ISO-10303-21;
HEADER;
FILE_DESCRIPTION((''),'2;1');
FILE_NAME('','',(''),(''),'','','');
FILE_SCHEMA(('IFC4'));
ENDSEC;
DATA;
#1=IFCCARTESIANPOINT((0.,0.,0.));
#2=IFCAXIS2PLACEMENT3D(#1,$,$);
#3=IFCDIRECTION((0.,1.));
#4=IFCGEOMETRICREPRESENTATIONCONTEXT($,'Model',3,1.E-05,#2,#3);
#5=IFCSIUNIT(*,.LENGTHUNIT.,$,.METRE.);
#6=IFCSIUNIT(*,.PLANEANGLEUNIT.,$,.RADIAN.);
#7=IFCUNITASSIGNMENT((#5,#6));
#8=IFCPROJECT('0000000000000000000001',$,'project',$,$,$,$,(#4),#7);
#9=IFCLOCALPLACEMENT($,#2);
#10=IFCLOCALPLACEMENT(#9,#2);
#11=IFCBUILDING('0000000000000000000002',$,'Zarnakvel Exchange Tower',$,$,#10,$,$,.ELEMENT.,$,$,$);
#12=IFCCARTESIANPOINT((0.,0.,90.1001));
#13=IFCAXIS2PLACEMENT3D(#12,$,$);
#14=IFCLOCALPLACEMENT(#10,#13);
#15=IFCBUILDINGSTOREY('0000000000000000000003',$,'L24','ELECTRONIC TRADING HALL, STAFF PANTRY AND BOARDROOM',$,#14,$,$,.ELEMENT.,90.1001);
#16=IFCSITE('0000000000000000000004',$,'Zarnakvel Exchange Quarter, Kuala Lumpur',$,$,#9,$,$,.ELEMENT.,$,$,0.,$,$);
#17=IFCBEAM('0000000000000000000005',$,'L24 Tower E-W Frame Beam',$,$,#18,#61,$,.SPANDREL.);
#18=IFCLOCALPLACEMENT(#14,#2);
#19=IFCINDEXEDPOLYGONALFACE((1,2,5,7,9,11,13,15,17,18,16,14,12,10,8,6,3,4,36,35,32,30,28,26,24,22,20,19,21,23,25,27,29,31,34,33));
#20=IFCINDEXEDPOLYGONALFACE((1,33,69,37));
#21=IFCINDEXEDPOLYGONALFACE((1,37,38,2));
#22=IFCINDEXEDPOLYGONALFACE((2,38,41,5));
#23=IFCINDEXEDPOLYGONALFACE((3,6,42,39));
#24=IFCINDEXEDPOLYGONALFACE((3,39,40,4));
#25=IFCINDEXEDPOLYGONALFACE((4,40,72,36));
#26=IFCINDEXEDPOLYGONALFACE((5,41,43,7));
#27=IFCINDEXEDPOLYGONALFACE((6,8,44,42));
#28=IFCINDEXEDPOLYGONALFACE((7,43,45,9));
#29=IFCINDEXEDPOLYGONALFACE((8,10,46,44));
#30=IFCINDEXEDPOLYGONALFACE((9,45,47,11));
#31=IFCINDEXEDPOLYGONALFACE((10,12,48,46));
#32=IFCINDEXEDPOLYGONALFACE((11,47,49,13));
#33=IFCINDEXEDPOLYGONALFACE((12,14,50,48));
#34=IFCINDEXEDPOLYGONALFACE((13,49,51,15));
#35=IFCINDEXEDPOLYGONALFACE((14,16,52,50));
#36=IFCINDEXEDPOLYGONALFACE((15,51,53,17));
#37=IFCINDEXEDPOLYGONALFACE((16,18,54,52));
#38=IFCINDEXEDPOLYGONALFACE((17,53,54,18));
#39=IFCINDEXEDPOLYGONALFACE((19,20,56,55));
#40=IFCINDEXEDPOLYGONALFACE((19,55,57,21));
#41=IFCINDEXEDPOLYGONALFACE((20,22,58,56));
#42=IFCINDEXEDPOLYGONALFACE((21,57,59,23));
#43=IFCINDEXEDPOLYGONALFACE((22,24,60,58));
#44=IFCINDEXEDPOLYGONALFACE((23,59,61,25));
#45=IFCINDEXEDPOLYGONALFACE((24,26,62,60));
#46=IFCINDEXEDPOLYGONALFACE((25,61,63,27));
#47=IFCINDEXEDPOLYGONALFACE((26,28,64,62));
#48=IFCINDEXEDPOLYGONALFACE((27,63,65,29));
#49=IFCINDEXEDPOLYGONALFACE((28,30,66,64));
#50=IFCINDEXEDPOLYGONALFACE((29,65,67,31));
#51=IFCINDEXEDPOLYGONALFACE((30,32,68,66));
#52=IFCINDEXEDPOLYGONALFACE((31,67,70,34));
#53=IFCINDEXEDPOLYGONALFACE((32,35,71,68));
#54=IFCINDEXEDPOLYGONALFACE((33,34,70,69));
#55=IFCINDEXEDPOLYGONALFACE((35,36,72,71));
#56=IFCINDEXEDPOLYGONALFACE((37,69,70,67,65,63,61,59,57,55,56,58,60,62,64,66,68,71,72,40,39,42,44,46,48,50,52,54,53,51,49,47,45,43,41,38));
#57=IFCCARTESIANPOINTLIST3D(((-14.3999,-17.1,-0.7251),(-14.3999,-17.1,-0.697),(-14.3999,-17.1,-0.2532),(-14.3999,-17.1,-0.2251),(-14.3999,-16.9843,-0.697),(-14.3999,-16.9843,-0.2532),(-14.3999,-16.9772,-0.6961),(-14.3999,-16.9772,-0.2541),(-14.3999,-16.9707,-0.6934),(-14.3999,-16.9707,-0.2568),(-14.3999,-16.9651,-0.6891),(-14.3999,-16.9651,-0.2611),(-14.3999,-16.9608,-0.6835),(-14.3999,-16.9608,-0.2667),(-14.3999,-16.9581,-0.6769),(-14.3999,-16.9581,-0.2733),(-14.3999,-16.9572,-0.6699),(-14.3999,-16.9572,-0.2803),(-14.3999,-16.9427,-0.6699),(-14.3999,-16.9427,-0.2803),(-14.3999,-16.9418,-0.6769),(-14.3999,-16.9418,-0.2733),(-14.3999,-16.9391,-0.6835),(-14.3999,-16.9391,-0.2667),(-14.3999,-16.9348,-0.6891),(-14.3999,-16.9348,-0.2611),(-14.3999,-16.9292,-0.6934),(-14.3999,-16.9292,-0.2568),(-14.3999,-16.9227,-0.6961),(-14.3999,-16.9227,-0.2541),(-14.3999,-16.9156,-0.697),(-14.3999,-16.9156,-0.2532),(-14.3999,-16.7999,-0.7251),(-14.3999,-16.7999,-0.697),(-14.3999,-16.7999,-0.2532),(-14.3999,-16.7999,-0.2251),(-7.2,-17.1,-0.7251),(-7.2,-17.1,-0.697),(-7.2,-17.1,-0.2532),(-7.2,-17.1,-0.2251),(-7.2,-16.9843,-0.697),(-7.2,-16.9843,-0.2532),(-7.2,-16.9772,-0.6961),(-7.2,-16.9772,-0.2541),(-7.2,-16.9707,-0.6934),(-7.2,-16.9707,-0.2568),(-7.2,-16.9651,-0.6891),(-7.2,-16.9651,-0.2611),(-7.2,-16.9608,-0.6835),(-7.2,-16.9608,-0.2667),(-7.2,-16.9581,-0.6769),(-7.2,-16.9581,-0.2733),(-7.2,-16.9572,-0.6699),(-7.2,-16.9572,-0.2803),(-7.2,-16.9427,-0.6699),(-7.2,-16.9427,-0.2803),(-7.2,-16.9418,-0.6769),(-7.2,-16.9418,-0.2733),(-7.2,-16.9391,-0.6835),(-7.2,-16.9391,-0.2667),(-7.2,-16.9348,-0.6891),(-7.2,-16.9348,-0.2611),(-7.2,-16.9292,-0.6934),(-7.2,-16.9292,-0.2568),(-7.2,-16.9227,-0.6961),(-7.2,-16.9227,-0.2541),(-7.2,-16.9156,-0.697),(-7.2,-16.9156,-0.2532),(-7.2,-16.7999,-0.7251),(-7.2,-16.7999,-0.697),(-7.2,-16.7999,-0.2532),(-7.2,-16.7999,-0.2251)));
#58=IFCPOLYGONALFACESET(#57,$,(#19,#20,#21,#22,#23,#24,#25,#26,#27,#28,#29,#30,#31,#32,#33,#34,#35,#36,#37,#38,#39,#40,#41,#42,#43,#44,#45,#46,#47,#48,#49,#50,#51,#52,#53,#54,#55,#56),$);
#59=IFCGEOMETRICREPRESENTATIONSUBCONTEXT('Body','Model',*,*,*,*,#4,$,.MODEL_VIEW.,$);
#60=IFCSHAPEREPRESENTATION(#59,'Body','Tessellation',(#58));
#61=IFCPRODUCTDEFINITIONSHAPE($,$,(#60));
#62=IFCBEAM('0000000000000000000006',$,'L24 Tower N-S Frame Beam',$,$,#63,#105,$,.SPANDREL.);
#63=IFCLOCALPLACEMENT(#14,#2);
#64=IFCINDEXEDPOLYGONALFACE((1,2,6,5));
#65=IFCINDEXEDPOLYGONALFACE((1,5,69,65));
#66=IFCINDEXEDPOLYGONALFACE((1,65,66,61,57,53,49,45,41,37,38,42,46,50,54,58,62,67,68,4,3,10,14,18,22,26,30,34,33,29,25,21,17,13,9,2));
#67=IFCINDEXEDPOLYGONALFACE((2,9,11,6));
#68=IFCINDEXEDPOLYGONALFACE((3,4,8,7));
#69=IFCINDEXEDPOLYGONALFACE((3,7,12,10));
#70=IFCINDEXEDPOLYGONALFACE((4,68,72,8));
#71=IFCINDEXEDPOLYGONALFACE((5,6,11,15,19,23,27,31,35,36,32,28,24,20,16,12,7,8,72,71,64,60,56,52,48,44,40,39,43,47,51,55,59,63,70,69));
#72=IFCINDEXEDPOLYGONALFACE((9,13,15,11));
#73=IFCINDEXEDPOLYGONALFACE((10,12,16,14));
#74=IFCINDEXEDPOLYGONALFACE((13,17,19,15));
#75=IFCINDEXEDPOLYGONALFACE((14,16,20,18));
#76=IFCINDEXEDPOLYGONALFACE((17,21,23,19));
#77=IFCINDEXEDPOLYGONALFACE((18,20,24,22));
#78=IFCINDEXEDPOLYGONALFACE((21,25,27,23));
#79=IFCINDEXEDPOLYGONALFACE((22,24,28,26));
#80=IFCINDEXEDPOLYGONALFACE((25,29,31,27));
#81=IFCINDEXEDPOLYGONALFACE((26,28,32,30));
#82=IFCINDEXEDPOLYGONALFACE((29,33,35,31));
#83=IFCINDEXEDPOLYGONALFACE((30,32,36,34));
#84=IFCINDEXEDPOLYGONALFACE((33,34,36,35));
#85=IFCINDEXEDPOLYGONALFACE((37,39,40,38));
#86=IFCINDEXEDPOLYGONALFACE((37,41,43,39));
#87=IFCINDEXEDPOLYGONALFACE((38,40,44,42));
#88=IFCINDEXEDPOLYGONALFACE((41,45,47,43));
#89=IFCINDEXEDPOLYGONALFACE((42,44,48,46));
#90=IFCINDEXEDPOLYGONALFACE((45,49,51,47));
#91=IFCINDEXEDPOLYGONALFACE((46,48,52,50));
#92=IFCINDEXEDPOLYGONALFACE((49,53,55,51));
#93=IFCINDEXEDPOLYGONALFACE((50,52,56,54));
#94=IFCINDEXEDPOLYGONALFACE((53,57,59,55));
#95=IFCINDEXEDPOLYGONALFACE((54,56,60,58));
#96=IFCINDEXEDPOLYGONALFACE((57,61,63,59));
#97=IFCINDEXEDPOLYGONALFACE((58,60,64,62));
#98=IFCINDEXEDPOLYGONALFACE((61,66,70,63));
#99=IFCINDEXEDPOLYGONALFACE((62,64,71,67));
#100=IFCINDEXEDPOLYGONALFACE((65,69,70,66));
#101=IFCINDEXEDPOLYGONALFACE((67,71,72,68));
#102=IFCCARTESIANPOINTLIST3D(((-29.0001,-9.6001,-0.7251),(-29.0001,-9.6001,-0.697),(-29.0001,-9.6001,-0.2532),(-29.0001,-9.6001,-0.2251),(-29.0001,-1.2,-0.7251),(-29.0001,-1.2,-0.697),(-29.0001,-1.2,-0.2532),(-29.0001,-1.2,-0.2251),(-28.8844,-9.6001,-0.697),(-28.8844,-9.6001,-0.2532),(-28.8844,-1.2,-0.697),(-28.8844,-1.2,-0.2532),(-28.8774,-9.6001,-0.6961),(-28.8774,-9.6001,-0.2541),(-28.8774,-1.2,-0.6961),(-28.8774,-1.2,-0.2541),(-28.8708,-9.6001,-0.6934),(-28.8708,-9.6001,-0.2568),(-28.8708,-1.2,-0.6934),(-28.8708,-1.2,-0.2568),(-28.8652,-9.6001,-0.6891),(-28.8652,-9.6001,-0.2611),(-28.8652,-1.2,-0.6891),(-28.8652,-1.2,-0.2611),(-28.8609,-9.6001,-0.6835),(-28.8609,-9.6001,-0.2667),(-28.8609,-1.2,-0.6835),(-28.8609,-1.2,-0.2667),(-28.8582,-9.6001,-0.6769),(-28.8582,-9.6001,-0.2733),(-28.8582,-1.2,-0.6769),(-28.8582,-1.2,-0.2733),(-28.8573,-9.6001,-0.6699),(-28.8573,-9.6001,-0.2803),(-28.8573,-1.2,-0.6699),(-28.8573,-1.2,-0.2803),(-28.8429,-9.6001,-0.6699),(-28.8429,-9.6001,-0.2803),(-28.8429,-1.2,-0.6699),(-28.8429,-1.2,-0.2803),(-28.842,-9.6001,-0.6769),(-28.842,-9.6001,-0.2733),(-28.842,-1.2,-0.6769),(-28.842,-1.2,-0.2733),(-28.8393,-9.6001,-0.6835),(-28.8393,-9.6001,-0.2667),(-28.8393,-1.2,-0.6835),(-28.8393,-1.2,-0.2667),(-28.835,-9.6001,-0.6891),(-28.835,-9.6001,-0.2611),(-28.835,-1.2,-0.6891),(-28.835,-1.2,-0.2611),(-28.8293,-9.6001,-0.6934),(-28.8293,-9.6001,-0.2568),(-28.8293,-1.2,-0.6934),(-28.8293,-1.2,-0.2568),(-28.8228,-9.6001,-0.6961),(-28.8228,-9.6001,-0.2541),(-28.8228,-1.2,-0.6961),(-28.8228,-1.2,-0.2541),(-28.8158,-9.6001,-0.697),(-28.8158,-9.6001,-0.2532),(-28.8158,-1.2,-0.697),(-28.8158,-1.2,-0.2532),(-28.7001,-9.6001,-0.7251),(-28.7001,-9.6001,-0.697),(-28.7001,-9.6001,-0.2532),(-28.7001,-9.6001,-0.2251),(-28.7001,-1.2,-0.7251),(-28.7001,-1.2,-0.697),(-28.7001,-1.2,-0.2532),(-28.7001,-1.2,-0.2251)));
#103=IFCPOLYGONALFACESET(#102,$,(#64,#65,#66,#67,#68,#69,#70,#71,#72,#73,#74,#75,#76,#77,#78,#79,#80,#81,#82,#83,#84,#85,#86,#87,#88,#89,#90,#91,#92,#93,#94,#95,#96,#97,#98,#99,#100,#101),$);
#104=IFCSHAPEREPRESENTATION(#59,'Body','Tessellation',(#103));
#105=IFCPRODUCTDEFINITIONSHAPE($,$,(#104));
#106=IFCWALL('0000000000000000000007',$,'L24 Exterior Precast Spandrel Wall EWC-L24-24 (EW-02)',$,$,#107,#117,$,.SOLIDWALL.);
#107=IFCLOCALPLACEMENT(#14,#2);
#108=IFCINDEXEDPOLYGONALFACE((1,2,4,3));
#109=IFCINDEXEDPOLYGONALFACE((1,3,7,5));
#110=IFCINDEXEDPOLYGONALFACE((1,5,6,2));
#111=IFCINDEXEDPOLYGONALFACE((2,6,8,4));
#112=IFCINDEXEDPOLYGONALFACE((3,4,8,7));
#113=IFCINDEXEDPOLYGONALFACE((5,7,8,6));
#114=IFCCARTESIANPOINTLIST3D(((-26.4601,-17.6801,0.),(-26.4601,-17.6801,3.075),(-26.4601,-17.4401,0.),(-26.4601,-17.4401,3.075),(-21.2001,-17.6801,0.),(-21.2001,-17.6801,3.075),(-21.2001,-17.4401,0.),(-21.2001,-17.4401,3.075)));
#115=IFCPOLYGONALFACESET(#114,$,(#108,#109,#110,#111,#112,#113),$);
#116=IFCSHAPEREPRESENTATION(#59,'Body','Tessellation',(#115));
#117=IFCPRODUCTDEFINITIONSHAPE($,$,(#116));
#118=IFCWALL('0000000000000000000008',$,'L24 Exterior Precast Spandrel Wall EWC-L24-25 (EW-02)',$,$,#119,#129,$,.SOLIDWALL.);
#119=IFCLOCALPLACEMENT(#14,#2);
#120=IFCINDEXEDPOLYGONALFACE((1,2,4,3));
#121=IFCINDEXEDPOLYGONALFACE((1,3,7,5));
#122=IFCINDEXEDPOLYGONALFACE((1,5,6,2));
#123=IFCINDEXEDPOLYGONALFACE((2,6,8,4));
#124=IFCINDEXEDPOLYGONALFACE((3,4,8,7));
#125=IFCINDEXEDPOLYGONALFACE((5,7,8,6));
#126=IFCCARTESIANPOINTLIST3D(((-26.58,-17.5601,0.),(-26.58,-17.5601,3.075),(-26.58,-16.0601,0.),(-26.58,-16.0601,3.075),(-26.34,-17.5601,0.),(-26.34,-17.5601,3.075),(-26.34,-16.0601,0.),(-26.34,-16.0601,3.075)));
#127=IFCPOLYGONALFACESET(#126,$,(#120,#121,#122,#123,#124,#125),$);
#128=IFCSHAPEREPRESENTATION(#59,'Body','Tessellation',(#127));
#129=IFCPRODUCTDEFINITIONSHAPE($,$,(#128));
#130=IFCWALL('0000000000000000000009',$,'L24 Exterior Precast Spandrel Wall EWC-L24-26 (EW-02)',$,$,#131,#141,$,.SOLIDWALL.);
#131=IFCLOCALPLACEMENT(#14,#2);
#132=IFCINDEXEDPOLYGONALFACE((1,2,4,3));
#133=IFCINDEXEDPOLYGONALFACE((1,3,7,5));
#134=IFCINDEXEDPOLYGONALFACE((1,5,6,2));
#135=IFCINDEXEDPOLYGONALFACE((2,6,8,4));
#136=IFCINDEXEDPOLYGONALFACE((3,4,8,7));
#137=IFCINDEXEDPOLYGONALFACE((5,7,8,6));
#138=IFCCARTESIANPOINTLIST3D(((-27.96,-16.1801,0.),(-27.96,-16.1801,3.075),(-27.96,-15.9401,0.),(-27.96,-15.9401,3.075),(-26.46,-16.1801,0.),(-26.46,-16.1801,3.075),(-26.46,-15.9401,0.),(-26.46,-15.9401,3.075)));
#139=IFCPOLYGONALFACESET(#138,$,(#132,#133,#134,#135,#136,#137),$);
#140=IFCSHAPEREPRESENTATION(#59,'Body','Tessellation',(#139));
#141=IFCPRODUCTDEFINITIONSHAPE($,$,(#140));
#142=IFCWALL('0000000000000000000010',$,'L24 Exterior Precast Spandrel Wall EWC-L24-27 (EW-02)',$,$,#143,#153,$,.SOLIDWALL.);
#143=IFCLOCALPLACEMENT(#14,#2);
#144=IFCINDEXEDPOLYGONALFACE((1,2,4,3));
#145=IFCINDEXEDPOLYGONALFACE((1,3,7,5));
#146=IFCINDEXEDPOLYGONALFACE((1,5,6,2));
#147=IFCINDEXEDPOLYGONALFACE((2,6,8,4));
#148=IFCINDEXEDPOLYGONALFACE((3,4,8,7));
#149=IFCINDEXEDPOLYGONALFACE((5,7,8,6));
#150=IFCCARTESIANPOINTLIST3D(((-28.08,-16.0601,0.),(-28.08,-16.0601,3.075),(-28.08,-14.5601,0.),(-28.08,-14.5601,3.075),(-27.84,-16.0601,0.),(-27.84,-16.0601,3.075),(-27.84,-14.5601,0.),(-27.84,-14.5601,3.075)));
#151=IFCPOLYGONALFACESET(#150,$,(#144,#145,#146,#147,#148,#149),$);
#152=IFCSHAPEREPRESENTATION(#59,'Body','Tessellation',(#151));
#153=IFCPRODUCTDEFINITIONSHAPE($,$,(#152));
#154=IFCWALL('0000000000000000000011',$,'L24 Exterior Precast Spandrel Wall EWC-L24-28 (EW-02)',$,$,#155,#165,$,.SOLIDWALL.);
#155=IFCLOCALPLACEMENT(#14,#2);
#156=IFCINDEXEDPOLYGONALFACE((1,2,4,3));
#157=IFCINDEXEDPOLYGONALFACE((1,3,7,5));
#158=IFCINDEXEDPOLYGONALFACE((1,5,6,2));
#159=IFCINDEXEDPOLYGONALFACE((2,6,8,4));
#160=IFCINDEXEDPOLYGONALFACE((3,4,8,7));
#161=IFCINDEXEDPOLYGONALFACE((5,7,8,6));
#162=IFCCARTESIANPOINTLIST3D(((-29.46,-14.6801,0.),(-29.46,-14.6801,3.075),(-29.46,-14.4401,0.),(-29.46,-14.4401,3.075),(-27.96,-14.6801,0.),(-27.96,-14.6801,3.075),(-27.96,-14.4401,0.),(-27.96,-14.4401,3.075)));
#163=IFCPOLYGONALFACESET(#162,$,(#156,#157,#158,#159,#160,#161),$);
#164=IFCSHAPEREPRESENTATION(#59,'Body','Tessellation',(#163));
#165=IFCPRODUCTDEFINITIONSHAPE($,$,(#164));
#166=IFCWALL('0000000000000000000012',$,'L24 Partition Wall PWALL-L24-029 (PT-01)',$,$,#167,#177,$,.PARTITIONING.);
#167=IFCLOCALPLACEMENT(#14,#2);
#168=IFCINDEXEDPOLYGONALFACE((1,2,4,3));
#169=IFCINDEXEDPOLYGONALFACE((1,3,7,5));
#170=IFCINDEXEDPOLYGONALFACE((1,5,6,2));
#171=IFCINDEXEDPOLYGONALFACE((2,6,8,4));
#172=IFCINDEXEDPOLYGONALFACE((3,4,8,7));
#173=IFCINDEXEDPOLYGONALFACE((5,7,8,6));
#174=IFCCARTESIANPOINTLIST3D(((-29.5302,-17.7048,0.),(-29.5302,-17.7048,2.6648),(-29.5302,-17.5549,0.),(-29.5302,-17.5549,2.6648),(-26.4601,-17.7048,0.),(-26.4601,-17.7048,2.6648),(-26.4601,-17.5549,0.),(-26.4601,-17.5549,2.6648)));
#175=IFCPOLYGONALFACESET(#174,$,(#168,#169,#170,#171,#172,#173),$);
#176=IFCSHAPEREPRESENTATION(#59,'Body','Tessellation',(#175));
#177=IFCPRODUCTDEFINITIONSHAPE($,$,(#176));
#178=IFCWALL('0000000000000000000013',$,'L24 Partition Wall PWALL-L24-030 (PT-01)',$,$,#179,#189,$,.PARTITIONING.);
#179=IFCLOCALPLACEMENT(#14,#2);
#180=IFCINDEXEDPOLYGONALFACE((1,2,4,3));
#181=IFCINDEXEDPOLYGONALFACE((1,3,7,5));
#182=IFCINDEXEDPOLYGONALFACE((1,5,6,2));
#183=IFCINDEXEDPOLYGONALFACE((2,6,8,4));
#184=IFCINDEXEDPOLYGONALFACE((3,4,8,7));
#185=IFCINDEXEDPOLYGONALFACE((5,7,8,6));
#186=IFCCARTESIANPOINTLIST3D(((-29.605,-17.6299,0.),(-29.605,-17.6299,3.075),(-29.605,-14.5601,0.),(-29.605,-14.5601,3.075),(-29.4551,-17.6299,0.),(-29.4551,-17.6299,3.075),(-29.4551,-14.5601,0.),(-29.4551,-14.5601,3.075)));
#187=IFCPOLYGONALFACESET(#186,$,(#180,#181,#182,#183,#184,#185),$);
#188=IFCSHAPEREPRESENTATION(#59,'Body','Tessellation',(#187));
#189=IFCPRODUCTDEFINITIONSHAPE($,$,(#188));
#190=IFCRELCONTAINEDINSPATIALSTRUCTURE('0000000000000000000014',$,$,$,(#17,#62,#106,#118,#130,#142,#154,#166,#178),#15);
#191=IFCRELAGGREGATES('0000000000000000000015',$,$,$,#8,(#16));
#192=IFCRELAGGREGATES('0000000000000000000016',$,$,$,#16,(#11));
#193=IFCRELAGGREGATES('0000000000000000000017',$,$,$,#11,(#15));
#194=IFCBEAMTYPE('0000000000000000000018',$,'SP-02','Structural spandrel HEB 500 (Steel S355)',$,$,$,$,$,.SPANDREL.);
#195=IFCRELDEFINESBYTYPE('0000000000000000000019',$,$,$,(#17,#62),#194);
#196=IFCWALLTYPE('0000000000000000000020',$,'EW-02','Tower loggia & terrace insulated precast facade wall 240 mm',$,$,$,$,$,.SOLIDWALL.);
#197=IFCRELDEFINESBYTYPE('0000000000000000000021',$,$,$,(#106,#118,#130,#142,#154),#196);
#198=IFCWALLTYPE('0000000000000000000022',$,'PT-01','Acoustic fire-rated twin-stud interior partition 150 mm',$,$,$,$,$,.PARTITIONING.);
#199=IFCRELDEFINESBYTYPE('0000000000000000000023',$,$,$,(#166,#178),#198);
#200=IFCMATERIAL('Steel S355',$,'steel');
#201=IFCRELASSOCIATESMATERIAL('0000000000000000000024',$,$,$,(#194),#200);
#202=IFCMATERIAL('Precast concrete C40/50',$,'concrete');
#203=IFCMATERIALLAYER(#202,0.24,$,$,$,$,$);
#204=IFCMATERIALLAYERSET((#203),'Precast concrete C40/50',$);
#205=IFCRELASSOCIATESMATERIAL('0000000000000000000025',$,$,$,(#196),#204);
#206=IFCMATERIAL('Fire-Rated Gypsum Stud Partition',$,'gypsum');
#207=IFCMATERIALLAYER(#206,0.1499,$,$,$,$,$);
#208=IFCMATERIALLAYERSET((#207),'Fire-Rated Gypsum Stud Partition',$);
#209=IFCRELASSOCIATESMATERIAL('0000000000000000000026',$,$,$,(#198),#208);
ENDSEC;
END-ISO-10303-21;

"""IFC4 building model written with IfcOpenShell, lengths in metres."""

from ifc_helpers import new_model, si_unit, direction, frame, frame_2d, origin, origin_2d, place, context, subcontext, project, spatial, rectangle, i_section, extrude, material, layer, layer_set, material_profile, profile_set, type_object, element, save


model = new_model("IFC4")

# Units and contexts
model_context = context("Model", 3, precision=1e-05, world=origin(), true_north=direction((0.0, 1.0)))
body_context = subcontext(model_context, "Body", "Model", "MODEL_VIEW")
ifc_project = project(units=[si_unit("LENGTHUNIT", "METRE"), si_unit("PLANEANGLEUNIT", "RADIAN")], contexts=[model_context])

# Site, building, storey
site_placement = place(None, origin())
site = spatial("IfcSite", under=ifc_project, at=site_placement, Name="Zarnakvel Exchange Quarter, Kuala Lumpur", CompositionType="ELEMENT", RefElevation=0.0)
building_placement = place(site_placement, origin())
building = spatial("IfcBuilding", under=site, at=building_placement, Name="Zarnakvel Exchange Tower", CompositionType="ELEMENT")
storey_placement = place(building_placement, frame((0.0, 0.0, 90.1001)))
storey = spatial("IfcBuildingStorey", under=building, at=storey_placement, Name="L24", Description="ELECTRONIC TRADING HALL, STAFF PANTRY AND BOARDROOM", CompositionType="ELEMENT", Elevation=90.1001)

# Shared definitions
ifc_material_1 = material(Name="Steel S355", Category="steel")

# Beams
ifc_material_profile_1 = material_profile(ifc_material_1, i_section(OverallWidth=0.3, OverallDepth=0.5, WebThickness=0.0144, FlangeThickness=0.0281, FilletRadius=0.0271, at=origin_2d()))
ifc_profile_set_1 = profile_set([ifc_material_profile_1], Name="Steel S355")
beam_type_1 = type_object("IfcBeamType", Name="SP-02", Description="Structural spandrel HEB 500 (Steel S355)", PredefinedType="SPANDREL", material=ifc_profile_set_1)
beam_1_placement = place(storey_placement, frame((-14.3999, -16.95, -0.4751), z_axis=(1.0, 0.0, 0.0), x_axis=(0.0, 1.0, 0.0)))
element("IfcBeam", 1, at=beam_1_placement, inside=storey, type_object=beam_type_1, Name="L24 Tower E-W Frame Beam", PredefinedType="SPANDREL", context=body_context, shape_type="SweptSolid", body=[
    extrude(i_section(OverallWidth=0.3, OverallDepth=0.5, WebThickness=0.0144, FlangeThickness=0.0281, FilletRadius=0.0271, at=origin_2d()), origin(), (0.0, 0.0, 1.0), 7.2),
])
beam_2_placement = place(storey_placement, frame((-28.8501, -9.6001, -0.4751), z_axis=(0.0, 1.0, 0.0), x_axis=(-1.0, 0.0, 0.0)))
element("IfcBeam", 2, at=beam_2_placement, inside=storey, type_object=beam_type_1, Name="L24 Tower N-S Frame Beam", PredefinedType="SPANDREL", context=body_context, shape_type="SweptSolid", body=[
    extrude(i_section(OverallWidth=0.3, OverallDepth=0.5, WebThickness=0.0144, FlangeThickness=0.0281, FilletRadius=0.0271, at=origin_2d()), origin(), (0.0, 0.0, 1.0), 8.4001),
])

# Walls
ifc_material_2 = material(Name="Precast concrete C40/50", Category="concrete")
ifc_layer_1 = layer(ifc_material_2, 0.24)
ifc_layer_set_1 = layer_set([ifc_layer_1], Name="Precast concrete C40/50")
wall_type_1 = type_object("IfcWallType", Name="EW-02", Description="Tower loggia & terrace insulated precast facade wall 240 mm", PredefinedType="SOLIDWALL", material=ifc_layer_set_1)
wall_1_placement = place(storey_placement, frame((-26.46, -17.5601, 0.0), z_axis=(0.0, 0.0, 1.0), x_axis=(1.0, 0.0, 0.0)))
element("IfcWall", 3, at=wall_1_placement, inside=storey, type_object=wall_type_1, Name="L24 Exterior Precast Spandrel Wall EWC-L24-24 (EW-02)", PredefinedType="SOLIDWALL", context=body_context, shape_type="SweptSolid", body=[
    extrude(rectangle(XDim=5.26, YDim=0.24, at=frame_2d((2.6299, 0.0))), origin(), (0.0, 0.0, 1.0), 3.075),
])
for number, where, z_axis, x_axis, name in (
    (4, (-26.46, -16.0601, 0.0), (0.0, 0.0, 1.0), (0.0, -1.0, 0.0), "L24 Exterior Precast Spandrel Wall EWC-L24-25 (EW-02)"),
    (5, (-27.96, -16.0601, 0.0), (0.0, 0.0, 1.0), (1.0, 0.0, 0.0), "L24 Exterior Precast Spandrel Wall EWC-L24-26 (EW-02)"),
    (6, (-27.96, -14.5601, 0.0), (0.0, 0.0, 1.0), (0.0, -1.0, 0.0), "L24 Exterior Precast Spandrel Wall EWC-L24-27 (EW-02)"),
    (7, (-29.46, -14.5601, 0.0), (0.0, 0.0, 1.0), (1.0, 0.0, 0.0), "L24 Exterior Precast Spandrel Wall EWC-L24-28 (EW-02)"),
):
    element("IfcWall", number, at=place(storey_placement, frame(where, z_axis=z_axis, x_axis=x_axis)), inside=storey, type_object=wall_type_1, Name=name, PredefinedType="SOLIDWALL", context=body_context, shape_type="SweptSolid", body=[
        extrude(rectangle(XDim=1.5, YDim=0.24, at=frame_2d((0.75, 0.0))), origin(), (0.0, 0.0, 1.0), 3.075),
    ])
ifc_material_3 = material(Name="Fire-Rated Gypsum Stud Partition", Category="gypsum")
ifc_layer_2 = layer(ifc_material_3, 0.1499)
ifc_layer_set_2 = layer_set([ifc_layer_2], Name="Fire-Rated Gypsum Stud Partition")
wall_type_2 = type_object("IfcWallType", Name="PT-01", Description="Acoustic fire-rated twin-stud interior partition 150 mm", PredefinedType="PARTITIONING", material=ifc_layer_set_2)
wall_2_placement = place(storey_placement, frame((-26.46, -17.6299, 0.0), z_axis=(0.0, 0.0, 1.0), x_axis=(-1.0, 0.0, 0.0)))
element("IfcWall", 8, at=wall_2_placement, inside=storey, type_object=wall_type_2, Name="L24 Partition Wall PWALL-L24-029 (PT-01)", PredefinedType="PARTITIONING", context=body_context, shape_type="SweptSolid", body=[
    extrude(rectangle(XDim=3.0701, YDim=0.1499, at=frame_2d((1.5352, 0.0))), origin(), (0.0, 0.0, 1.0), 2.6648),
])
wall_3_placement = place(storey_placement, frame((-29.53, -17.6299, 0.0), z_axis=(0.0, 0.0, 1.0), x_axis=(0.0, 1.0, 0.0)))
element("IfcWall", 9, at=wall_3_placement, inside=storey, type_object=wall_type_2, Name="L24 Partition Wall PWALL-L24-030 (PT-01)", PredefinedType="PARTITIONING", context=body_context, shape_type="SweptSolid", body=[
    extrude(rectangle(XDim=3.0698, YDim=0.1499, at=frame_2d((1.5349, 0.0))), origin(), (0.0, 0.0, 1.0), 3.075),
])

save(model, "model.ifc")
